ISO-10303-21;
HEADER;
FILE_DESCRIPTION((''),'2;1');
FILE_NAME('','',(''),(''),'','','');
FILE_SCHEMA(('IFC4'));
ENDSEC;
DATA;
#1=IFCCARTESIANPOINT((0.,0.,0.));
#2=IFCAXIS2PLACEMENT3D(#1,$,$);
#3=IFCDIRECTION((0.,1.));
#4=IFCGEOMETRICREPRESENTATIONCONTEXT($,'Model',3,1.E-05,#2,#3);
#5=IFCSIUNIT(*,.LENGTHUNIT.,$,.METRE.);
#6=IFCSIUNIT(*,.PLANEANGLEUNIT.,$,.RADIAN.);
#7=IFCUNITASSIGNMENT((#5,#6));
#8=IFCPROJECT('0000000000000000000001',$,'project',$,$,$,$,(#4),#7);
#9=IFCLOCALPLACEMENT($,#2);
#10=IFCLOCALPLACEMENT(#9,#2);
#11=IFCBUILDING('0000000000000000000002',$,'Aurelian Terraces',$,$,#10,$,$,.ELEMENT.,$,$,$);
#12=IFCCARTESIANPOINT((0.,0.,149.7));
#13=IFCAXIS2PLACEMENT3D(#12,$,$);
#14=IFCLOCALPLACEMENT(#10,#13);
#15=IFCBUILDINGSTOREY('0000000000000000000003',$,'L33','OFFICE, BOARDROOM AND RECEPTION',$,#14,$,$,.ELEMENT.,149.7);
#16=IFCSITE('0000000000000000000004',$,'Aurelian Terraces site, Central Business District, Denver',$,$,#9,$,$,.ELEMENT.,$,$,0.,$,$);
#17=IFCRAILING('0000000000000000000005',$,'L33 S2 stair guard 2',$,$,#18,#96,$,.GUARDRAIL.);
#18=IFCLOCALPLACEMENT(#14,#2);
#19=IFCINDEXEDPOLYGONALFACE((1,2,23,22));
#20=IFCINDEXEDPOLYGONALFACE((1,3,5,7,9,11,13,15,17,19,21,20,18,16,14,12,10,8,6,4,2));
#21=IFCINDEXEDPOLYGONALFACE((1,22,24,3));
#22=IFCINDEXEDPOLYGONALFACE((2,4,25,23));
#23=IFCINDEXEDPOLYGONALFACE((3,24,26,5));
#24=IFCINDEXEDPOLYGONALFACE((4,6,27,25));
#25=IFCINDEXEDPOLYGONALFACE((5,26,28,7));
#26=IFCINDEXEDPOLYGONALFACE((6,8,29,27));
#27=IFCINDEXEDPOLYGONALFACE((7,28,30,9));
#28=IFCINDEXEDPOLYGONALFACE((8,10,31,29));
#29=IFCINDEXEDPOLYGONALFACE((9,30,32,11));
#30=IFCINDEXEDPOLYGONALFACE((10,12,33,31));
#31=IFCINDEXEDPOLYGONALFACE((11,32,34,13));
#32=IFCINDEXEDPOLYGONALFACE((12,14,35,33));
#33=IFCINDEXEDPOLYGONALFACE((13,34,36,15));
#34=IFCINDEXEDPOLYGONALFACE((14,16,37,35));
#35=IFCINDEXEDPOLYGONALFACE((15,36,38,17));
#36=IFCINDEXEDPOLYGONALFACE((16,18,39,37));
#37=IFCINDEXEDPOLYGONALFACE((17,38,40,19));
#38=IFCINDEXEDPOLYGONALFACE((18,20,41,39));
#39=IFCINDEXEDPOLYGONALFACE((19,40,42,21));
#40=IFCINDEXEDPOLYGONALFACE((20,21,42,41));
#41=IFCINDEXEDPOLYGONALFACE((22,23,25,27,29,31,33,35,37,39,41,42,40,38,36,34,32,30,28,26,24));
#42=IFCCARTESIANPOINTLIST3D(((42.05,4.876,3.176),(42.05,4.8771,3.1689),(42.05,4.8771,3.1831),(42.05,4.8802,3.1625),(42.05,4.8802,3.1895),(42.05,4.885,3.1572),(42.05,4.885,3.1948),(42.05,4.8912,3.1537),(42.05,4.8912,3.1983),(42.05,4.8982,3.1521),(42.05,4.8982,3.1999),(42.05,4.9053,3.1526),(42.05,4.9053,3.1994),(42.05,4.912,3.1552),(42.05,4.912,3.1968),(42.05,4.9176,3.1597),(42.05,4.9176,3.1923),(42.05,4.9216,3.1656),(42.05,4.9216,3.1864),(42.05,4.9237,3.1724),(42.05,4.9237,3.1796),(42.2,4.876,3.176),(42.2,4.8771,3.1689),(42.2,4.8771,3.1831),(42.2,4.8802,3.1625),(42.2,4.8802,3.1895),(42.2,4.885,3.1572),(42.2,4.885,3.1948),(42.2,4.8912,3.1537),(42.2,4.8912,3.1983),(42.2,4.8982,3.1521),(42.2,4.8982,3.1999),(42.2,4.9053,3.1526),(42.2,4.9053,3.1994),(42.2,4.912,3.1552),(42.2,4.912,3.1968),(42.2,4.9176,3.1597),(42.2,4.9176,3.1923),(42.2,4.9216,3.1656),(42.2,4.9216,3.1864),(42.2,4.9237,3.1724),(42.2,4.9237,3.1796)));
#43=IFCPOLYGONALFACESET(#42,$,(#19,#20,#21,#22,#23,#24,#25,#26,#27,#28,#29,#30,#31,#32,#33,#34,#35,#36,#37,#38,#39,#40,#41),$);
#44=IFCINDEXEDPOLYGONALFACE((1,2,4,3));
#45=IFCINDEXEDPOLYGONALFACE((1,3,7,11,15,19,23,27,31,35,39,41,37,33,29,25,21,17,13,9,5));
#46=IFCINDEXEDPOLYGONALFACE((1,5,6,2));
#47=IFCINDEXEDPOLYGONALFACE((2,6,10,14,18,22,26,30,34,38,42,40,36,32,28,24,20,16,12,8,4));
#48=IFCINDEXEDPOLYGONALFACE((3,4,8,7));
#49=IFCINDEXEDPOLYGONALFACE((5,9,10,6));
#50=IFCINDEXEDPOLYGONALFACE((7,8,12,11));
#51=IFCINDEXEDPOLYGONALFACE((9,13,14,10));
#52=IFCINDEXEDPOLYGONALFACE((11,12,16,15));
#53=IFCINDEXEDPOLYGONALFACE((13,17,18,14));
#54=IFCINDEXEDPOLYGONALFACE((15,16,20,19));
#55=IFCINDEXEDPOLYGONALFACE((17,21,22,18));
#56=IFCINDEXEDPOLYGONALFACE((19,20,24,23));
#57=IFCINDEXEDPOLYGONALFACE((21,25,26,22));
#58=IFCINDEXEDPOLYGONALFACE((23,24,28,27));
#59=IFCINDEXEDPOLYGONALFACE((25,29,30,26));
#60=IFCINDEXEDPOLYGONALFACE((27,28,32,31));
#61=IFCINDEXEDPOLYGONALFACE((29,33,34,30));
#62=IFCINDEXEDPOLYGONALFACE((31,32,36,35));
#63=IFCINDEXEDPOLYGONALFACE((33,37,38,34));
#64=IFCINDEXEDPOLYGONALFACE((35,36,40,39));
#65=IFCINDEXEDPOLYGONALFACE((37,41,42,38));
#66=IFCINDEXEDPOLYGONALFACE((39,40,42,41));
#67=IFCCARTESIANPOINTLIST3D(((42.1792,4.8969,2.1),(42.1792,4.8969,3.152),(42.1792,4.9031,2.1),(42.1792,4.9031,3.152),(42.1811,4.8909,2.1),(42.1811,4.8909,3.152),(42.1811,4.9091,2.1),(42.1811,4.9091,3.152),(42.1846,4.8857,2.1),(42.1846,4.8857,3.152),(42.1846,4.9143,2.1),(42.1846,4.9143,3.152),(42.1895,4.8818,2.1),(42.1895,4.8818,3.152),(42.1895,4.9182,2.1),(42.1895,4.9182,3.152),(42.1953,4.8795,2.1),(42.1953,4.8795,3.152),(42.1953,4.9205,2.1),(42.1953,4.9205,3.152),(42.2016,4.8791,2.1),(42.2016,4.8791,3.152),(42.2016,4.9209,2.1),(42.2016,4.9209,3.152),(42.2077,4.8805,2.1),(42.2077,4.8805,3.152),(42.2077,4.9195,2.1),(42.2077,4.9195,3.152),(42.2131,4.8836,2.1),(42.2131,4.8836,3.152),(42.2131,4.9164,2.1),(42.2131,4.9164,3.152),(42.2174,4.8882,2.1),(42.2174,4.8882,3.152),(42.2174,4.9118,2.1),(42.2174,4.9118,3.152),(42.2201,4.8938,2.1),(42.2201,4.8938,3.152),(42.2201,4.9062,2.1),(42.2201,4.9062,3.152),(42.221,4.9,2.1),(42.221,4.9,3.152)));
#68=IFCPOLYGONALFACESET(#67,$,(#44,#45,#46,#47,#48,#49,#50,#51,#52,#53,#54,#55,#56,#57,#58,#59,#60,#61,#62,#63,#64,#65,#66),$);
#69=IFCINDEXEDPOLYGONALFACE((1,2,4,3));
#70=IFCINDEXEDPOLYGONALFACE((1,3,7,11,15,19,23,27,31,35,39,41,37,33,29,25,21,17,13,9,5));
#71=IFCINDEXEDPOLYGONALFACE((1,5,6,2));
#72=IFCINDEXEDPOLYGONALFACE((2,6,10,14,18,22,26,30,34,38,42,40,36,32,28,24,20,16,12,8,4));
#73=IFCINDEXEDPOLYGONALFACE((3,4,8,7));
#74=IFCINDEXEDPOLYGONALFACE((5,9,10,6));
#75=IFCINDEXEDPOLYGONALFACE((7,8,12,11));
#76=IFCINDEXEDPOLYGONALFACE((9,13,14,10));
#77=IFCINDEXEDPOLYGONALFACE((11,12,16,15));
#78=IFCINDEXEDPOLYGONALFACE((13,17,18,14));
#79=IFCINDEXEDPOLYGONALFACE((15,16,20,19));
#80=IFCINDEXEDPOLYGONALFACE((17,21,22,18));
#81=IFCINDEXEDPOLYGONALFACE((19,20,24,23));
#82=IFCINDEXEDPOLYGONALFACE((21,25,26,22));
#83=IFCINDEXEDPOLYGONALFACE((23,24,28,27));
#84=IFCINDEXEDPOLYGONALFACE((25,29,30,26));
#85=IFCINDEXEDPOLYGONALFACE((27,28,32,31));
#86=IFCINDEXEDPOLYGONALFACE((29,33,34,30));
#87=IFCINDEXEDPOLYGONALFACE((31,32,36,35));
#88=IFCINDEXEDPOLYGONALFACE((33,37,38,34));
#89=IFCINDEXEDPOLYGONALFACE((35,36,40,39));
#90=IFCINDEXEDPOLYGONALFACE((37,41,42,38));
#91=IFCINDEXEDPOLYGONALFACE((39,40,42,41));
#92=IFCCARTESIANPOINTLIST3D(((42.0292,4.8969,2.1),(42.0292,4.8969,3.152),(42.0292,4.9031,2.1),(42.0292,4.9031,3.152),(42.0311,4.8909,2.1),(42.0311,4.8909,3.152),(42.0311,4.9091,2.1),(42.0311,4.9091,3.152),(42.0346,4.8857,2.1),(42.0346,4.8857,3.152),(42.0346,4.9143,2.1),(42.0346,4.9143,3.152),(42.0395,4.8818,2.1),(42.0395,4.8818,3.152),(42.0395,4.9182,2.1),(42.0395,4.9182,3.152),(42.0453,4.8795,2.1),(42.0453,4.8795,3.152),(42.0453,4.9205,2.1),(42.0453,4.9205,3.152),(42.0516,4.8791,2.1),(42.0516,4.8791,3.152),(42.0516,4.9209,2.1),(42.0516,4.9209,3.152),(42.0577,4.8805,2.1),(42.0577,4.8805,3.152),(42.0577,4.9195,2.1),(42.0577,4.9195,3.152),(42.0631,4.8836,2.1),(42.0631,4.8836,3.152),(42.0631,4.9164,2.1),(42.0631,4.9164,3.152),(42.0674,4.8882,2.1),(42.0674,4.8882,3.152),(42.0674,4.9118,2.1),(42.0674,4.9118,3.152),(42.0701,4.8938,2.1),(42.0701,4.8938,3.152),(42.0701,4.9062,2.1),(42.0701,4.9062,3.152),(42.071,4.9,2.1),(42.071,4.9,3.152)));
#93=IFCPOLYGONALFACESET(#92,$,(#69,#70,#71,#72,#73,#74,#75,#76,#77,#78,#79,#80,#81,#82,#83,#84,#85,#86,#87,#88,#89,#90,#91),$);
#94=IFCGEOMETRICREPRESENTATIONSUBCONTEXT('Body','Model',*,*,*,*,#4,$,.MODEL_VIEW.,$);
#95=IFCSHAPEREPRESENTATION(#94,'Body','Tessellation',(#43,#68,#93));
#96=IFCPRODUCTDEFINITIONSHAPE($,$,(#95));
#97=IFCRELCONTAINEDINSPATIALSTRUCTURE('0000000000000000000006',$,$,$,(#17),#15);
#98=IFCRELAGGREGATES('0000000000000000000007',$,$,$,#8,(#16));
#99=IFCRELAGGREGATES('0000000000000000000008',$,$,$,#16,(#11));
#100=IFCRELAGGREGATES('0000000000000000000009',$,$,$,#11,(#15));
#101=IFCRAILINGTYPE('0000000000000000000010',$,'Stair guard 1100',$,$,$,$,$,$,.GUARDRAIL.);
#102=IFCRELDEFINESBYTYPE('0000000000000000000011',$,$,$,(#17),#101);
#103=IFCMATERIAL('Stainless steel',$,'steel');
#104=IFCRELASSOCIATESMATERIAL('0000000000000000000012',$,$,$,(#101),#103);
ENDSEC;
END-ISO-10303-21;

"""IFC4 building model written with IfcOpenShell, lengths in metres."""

from ifc_helpers import new_model, si_unit, direction, frame, origin, origin_2d, place, context, subcontext, project, spatial, circle, extrude, source, transform, mapped, material, type_object, element, save


model = new_model("IFC4")

# Units and contexts
model_context = context("Model", 3, precision=1e-05, world=origin(), true_north=direction((0.0, 1.0)))
body_context = subcontext(model_context, "Body", "Model", "MODEL_VIEW")
ifc_project = project(units=[si_unit("LENGTHUNIT", "METRE"), si_unit("PLANEANGLEUNIT", "RADIAN")], contexts=[model_context])

# Site, building, storey
site_placement = place(None, origin())
site = spatial("IfcSite", under=ifc_project, at=site_placement, Name="Aurelian Terraces site, Central Business District, Denver", CompositionType="ELEMENT", RefElevation=0.0)
building_placement = place(site_placement, origin())
building = spatial("IfcBuilding", under=site, at=building_placement, Name="Aurelian Terraces", CompositionType="ELEMENT")
storey_placement = place(building_placement, frame((0.0, 0.0, 149.7)))
storey = spatial("IfcBuildingStorey", under=building, at=storey_placement, Name="L33", Description="OFFICE, BOARDROOM AND RECEPTION", CompositionType="ELEMENT", Elevation=149.7)

# Railing
ifc_material_1 = material(Name="Stainless steel", Category="steel")
railing_type = type_object("IfcRailingType", Name="Stair guard 1100", PredefinedType="GUARDRAIL", material=ifc_material_1)
shared_shape_1 = source(origin(), body_context, "Body", "SweptSolid", [
    extrude(circle(Radius=0.024, at=origin_2d()), frame((0.0, 0.0, 1.076), z_axis=(-1.0, 0.0, 0.0), x_axis=(0.0, -1.0, 0.0)), (0.0, 0.0, 1.0), 0.15),
    extrude(circle(Radius=0.021, at=origin_2d()), origin(), (0.0, 0.0, 1.0), 1.052),
    extrude(circle(Radius=0.021, at=origin_2d()), frame((-0.15, 0.0, 0.0)), (0.0, 0.0, 1.0), 1.052),
])
railing_placement = place(storey_placement, frame((42.2, 4.9, 2.1)))
element("IfcRailing", 1, at=railing_placement, inside=storey, type_object=railing_type, Name="L33 S2 stair guard 2", PredefinedType="GUARDRAIL", context=body_context, shape_type="MappedRepresentation", body=[
    mapped(shared_shape_1, transform((0.0, 0.0, 0.0), scale=1.0)),
])

save(model, "model.ifc")
